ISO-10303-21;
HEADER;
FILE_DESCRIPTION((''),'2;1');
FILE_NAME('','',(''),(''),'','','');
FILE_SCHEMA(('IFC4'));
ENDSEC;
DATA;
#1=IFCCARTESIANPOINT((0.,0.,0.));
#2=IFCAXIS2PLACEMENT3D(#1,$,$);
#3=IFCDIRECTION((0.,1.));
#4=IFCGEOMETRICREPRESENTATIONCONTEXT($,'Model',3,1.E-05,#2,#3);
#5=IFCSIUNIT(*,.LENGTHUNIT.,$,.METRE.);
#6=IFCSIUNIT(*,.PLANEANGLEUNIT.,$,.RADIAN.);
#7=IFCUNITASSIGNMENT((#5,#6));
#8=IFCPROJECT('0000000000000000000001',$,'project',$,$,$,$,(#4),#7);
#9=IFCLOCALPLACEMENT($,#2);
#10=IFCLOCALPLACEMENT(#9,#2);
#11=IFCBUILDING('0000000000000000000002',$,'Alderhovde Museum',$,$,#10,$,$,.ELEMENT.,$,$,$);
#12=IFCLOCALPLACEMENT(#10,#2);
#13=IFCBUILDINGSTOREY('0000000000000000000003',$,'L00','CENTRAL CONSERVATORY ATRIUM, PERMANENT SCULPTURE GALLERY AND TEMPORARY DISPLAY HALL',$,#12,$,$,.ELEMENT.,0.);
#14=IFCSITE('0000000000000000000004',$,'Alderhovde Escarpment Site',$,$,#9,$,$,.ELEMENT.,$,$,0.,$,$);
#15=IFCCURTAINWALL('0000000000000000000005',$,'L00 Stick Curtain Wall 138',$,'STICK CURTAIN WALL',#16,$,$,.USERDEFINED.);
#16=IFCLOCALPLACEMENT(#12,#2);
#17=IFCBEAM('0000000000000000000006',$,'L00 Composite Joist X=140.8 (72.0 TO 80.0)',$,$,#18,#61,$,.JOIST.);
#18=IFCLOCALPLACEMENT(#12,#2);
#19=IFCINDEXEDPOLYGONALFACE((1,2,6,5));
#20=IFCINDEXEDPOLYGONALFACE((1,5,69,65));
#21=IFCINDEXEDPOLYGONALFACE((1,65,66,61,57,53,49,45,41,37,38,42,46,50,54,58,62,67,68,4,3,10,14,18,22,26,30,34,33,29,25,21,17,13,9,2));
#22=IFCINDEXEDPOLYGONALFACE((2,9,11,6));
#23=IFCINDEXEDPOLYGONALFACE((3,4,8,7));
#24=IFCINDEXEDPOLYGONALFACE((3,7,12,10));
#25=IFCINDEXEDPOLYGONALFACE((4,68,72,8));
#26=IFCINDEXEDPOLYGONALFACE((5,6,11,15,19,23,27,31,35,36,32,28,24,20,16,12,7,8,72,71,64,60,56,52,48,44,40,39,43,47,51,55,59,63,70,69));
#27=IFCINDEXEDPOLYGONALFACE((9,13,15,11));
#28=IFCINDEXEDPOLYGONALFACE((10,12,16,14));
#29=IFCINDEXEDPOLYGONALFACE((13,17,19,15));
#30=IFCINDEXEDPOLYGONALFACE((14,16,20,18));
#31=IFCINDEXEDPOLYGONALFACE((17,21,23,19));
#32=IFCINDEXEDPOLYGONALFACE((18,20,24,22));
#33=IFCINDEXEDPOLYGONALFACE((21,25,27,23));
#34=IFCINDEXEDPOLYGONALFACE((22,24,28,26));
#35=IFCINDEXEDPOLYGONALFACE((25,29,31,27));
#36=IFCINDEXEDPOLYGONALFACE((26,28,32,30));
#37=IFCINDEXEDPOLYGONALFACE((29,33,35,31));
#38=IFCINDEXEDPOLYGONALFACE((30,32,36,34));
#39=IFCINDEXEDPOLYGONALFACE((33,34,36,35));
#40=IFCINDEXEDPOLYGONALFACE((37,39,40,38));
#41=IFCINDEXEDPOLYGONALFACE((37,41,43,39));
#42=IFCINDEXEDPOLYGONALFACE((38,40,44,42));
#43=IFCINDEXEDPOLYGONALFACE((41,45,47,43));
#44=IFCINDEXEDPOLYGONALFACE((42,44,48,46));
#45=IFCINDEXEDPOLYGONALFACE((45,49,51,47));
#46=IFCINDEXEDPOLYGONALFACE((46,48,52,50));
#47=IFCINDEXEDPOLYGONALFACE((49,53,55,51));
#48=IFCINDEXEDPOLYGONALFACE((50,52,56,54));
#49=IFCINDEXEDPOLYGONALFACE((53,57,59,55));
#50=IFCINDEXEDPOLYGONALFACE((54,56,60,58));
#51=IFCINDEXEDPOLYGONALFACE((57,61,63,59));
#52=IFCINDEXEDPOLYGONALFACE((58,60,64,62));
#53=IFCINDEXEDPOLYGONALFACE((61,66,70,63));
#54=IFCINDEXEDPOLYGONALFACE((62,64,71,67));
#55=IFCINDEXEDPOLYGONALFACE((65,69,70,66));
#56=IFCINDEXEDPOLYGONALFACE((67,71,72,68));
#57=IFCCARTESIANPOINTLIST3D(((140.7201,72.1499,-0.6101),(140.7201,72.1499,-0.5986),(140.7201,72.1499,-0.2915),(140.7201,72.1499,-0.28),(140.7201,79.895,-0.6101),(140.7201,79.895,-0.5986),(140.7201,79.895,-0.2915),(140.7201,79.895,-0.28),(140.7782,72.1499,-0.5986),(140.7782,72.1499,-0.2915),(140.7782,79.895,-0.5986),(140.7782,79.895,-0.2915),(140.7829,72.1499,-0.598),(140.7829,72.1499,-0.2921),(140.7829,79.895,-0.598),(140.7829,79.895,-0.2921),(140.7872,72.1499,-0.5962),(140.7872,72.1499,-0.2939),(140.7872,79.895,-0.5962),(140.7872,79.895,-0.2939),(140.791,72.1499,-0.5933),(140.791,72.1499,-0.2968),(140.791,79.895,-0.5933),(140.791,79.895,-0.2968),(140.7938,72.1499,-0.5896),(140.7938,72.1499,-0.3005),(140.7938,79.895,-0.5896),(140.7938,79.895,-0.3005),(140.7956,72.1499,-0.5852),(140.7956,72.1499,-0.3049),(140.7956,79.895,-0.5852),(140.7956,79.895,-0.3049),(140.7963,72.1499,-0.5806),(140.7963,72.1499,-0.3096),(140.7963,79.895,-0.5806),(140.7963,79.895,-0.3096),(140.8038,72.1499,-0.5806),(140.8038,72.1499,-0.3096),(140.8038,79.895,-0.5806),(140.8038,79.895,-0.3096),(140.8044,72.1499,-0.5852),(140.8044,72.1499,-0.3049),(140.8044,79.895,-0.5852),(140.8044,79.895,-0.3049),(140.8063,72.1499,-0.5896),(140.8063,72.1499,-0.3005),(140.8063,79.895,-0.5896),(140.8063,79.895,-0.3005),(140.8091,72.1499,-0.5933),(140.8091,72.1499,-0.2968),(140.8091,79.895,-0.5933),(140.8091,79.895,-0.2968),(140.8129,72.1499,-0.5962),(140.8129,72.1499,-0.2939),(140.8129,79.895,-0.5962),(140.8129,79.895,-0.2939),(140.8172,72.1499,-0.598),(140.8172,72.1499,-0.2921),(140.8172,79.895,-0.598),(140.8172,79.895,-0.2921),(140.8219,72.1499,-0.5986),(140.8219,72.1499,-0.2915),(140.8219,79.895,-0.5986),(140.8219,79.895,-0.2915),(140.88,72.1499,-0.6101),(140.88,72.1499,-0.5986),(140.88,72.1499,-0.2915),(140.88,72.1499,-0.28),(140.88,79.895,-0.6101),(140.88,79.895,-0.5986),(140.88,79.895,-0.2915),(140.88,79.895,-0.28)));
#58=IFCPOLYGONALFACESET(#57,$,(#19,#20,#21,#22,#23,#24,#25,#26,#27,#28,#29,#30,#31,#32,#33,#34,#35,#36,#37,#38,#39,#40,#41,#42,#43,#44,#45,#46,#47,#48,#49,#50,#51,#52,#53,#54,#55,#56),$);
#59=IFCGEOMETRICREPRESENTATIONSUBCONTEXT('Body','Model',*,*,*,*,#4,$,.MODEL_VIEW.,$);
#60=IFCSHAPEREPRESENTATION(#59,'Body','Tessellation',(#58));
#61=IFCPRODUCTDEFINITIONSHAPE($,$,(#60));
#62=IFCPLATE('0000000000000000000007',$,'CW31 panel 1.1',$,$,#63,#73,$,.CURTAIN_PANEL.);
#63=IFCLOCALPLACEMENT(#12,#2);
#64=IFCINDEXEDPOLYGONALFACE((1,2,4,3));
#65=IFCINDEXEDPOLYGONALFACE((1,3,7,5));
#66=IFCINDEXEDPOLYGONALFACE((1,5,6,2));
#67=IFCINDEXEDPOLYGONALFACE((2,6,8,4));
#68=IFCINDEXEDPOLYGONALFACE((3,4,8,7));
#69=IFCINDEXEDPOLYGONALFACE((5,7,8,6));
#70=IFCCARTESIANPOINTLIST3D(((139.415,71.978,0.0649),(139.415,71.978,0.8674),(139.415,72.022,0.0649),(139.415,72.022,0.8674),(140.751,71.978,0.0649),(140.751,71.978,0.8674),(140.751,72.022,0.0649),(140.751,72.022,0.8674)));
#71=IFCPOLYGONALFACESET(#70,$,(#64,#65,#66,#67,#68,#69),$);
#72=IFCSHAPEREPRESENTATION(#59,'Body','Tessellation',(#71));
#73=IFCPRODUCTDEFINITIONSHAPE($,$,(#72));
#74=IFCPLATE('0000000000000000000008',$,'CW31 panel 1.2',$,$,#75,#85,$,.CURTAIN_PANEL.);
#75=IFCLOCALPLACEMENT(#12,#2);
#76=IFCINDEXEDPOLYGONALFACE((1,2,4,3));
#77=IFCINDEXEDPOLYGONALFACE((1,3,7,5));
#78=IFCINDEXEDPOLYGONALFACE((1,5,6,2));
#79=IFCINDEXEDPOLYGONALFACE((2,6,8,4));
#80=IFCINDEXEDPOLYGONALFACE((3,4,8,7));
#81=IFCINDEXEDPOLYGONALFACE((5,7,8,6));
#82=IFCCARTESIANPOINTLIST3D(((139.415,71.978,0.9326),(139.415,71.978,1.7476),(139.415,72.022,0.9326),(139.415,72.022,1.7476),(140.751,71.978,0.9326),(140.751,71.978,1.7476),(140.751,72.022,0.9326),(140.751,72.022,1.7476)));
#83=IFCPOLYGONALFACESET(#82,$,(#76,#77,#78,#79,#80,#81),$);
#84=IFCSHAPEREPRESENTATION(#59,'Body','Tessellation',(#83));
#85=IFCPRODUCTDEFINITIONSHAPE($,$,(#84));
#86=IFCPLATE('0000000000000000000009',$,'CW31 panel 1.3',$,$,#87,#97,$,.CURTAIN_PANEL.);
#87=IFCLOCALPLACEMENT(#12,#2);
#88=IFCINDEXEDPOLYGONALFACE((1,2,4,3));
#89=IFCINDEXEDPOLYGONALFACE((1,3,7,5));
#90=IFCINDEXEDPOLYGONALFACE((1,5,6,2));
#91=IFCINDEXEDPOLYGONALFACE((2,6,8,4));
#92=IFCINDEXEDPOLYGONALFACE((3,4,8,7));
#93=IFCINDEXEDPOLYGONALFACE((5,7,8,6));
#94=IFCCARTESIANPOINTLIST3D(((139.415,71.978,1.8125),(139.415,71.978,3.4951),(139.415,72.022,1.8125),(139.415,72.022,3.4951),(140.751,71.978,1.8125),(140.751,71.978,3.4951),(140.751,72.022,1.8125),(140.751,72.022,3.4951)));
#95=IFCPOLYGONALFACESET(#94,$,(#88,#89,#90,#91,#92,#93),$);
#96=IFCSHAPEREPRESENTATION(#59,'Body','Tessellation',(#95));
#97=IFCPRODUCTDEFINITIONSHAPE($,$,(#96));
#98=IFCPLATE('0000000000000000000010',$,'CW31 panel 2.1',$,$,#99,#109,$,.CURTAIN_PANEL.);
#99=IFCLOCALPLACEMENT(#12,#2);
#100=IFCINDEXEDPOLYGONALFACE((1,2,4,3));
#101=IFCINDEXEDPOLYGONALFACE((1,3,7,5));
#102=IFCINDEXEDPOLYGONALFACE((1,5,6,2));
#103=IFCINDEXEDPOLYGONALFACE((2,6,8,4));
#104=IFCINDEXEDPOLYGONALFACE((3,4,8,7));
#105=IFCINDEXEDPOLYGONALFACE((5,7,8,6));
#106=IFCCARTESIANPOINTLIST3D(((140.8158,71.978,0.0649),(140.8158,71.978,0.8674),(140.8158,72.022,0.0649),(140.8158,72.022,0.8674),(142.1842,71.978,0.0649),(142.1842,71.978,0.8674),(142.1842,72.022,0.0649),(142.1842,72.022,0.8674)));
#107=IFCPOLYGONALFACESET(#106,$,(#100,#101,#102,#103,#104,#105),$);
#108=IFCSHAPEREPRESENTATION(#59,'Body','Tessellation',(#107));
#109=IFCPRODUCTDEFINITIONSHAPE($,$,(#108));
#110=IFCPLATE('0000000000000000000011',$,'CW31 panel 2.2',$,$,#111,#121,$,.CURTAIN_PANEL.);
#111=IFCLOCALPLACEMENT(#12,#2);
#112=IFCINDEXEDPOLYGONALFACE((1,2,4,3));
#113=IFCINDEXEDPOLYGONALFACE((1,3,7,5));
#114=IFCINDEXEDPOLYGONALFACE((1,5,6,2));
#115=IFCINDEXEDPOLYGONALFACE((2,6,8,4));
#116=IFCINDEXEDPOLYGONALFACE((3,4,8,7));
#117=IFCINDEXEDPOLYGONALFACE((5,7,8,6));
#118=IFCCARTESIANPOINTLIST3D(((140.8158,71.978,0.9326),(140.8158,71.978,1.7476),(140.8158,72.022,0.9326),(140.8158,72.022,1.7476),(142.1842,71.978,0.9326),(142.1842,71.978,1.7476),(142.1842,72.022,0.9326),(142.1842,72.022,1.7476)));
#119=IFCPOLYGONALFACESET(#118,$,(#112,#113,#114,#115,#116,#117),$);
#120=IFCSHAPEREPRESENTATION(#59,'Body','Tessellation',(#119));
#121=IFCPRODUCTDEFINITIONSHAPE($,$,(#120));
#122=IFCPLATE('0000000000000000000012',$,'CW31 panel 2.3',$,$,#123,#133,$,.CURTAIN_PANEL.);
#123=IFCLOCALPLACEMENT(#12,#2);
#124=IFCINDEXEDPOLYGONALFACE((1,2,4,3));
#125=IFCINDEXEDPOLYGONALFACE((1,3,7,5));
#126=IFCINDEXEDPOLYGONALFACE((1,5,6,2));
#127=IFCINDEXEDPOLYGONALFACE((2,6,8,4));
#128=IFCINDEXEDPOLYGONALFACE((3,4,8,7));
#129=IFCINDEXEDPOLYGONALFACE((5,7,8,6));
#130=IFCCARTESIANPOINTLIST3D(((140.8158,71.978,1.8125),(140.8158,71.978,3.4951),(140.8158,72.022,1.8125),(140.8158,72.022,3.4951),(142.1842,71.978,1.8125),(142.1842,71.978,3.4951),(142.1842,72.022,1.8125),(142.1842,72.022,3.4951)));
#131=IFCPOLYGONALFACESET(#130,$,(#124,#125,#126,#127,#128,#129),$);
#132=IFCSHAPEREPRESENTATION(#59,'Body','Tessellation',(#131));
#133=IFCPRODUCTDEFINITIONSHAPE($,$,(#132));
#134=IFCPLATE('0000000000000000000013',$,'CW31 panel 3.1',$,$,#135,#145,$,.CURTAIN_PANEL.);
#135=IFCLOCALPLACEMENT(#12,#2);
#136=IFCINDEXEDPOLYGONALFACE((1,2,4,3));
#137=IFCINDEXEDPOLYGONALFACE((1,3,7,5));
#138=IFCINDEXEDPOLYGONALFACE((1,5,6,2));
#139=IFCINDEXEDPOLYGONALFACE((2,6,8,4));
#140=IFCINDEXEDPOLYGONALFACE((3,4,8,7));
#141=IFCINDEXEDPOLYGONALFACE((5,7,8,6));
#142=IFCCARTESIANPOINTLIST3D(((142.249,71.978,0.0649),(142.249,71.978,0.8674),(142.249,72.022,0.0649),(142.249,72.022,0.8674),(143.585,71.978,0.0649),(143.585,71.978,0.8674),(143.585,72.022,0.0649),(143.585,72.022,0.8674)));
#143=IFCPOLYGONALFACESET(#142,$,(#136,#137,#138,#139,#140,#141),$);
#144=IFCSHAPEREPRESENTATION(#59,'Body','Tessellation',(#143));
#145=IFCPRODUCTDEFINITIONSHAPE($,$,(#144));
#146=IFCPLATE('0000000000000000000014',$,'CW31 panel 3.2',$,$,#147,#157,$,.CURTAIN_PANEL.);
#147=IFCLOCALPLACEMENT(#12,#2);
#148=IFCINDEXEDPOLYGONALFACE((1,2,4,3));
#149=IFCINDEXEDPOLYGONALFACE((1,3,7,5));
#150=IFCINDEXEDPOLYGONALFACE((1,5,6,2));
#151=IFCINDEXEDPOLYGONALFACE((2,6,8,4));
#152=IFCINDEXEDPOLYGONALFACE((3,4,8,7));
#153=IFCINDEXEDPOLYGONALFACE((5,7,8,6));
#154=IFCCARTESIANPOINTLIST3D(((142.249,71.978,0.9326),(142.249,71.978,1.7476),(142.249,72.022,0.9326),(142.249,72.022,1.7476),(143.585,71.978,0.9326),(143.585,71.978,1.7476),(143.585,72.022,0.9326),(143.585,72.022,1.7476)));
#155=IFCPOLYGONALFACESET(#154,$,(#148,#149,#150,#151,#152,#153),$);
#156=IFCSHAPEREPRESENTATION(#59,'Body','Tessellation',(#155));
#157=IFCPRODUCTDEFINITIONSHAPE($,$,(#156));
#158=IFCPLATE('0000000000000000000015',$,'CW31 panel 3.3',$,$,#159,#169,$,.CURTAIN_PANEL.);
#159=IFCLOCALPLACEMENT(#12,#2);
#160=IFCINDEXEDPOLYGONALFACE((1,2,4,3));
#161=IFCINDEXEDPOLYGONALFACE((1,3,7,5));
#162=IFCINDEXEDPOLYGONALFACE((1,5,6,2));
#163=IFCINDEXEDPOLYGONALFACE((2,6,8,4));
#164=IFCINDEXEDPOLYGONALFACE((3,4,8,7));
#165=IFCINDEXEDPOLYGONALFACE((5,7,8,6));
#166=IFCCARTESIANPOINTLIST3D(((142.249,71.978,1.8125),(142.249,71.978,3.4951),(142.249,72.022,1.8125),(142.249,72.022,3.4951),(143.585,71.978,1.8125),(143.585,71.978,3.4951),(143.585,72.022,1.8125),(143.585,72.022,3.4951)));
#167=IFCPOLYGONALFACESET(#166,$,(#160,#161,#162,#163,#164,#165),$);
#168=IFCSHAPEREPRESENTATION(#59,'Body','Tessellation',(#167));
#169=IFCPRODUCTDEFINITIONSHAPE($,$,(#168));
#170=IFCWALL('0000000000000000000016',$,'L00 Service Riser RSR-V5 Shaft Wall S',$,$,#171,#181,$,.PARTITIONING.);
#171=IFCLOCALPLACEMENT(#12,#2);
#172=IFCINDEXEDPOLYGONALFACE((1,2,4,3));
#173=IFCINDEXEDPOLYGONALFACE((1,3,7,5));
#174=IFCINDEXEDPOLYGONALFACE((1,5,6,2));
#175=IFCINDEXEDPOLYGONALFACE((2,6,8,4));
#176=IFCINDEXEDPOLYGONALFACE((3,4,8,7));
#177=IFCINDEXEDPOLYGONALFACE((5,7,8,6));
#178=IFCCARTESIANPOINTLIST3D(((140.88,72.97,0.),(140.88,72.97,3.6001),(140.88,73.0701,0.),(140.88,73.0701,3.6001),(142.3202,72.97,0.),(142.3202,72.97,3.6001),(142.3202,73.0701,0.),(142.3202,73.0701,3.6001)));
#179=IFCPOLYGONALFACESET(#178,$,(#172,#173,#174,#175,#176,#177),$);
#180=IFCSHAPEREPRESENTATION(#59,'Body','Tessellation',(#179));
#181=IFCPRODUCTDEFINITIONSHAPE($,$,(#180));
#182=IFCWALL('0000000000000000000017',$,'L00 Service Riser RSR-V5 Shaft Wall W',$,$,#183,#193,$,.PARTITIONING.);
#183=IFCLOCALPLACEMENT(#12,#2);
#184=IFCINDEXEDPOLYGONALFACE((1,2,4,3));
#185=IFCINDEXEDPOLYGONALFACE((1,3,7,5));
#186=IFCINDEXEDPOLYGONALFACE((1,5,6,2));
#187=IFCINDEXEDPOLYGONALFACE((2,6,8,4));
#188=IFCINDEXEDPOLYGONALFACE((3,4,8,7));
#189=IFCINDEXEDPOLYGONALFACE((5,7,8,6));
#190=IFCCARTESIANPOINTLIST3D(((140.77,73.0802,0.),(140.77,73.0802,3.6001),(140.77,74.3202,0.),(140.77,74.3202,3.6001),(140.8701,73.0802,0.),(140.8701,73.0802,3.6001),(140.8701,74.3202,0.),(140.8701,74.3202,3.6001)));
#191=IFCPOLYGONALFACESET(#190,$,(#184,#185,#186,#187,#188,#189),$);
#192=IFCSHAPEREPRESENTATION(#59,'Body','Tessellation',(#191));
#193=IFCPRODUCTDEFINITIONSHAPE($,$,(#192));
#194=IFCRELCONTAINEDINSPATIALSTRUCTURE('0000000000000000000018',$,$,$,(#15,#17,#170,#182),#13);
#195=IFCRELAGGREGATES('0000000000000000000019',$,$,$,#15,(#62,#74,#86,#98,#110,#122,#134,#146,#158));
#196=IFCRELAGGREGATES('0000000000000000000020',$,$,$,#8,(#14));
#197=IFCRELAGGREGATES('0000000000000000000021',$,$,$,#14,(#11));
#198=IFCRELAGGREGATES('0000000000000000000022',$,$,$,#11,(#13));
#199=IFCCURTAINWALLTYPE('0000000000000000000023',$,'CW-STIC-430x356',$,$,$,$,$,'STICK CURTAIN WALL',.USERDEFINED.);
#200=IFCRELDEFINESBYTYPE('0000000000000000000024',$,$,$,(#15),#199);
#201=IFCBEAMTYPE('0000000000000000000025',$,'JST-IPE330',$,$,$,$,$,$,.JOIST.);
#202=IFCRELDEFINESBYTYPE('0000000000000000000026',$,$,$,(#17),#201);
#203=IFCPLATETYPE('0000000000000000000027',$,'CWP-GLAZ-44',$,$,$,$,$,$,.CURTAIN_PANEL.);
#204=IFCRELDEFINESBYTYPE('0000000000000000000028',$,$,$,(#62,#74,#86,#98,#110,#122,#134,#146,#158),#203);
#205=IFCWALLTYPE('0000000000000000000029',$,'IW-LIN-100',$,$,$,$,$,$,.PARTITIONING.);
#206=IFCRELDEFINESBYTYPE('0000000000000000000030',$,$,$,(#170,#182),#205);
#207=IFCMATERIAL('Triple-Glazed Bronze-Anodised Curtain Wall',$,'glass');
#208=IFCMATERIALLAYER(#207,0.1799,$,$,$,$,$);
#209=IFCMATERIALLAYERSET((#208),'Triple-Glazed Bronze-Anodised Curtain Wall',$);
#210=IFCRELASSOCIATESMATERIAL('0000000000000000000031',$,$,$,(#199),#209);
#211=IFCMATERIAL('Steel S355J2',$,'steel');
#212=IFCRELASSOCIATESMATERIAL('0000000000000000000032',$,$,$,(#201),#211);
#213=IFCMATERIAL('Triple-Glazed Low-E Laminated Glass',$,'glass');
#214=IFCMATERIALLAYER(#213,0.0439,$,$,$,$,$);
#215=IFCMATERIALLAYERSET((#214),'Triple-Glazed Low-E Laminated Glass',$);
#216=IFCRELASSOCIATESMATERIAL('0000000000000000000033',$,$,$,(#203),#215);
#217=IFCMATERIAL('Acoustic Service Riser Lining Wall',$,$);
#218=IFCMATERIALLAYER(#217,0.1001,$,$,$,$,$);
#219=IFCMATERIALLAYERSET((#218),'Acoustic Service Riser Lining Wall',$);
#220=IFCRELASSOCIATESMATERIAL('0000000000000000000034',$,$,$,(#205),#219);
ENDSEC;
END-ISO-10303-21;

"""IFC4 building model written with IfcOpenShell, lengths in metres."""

from ifc_helpers import new_model, si_unit, direction, frame, frame_2d, origin, origin_2d, place, context, subcontext, project, spatial, rectangle, i_section, extrude, material, layer, layer_set, material_profile, profile_set, type_object, element, aggregate, save


model = new_model("IFC4")

# Units and contexts
model_context = context("Model", 3, precision=1e-05, world=origin(), true_north=direction((0.0, 1.0)))
body_context = subcontext(model_context, "Body", "Model", "MODEL_VIEW")
ifc_project = project(units=[si_unit("LENGTHUNIT", "METRE"), si_unit("PLANEANGLEUNIT", "RADIAN")], contexts=[model_context])

# Site, building, storey
site_placement = place(None, origin())
site = spatial("IfcSite", under=ifc_project, at=site_placement, Name="Alderhovde Escarpment Site", CompositionType="ELEMENT", RefElevation=0.0)
building_placement = place(site_placement, origin())
building = spatial("IfcBuilding", under=site, at=building_placement, Name="Alderhovde Museum", CompositionType="ELEMENT")
storey_placement = place(building_placement, origin())
storey = spatial("IfcBuildingStorey", under=building, at=storey_placement, Name="L00", Description="CENTRAL CONSERVATORY ATRIUM, PERMANENT SCULPTURE GALLERY AND TEMPORARY DISPLAY HALL", CompositionType="ELEMENT", Elevation=0.0)

# Curtain wall
ifc_material_1 = material(Name="Triple-Glazed Bronze-Anodised Curtain Wall", Category="glass")
ifc_layer_1 = layer(ifc_material_1, 0.1799)
ifc_layer_set_1 = layer_set([ifc_layer_1], Name="Triple-Glazed Bronze-Anodised Curtain Wall")
curtain_wall_type = type_object("IfcCurtainWallType", Name="CW-STIC-430x356", ElementType="STICK CURTAIN WALL", PredefinedType="USERDEFINED", material=ifc_layer_set_1)
curtain_wall_placement = place(storey_placement, origin())
curtain_wall = element("IfcCurtainWall", 1, at=curtain_wall_placement, inside=storey, type_object=curtain_wall_type, Name="L00 Stick Curtain Wall 138", ObjectType="STICK CURTAIN WALL", PredefinedType="USERDEFINED")

# Beam
ifc_material_2 = material(Name="Steel S355J2", Category="steel")
ifc_material_profile_1 = material_profile(ifc_material_2, i_section(OverallWidth=0.1599, OverallDepth=0.3301, WebThickness=0.0076, FlangeThickness=0.0115, FilletRadius=0.0181, at=origin_2d()), Name="IPE 330")
ifc_profile_set_1 = profile_set([ifc_material_profile_1], Name="Steel S355J2")
beam_type = type_object("IfcBeamType", Name="JST-IPE330", PredefinedType="JOIST", material=ifc_profile_set_1)
beam_placement = place(storey_placement, frame((140.8, 72.1499, -0.4451), z_axis=(0.0, 1.0, 0.0), x_axis=(-1.0, 0.0, 0.0)))
element("IfcBeam", 2, at=beam_placement, inside=storey, type_object=beam_type, Name="L00 Composite Joist X=140.8 (72.0 TO 80.0)", PredefinedType="JOIST", context=body_context, shape_type="SweptSolid", body=[
    extrude(i_section(OverallWidth=0.1599, OverallDepth=0.3301, WebThickness=0.0076, FlangeThickness=0.0115, FilletRadius=0.0181, at=origin_2d()), origin(), (0.0, 0.0, 1.0), 7.7451),
])

# Plates
ifc_material_3 = material(Name="Triple-Glazed Low-E Laminated Glass", Category="glass")
ifc_layer_2 = layer(ifc_material_3, 0.0439)
ifc_layer_set_2 = layer_set([ifc_layer_2], Name="Triple-Glazed Low-E Laminated Glass")
plate_type = type_object("IfcPlateType", Name="CWP-GLAZ-44", PredefinedType="CURTAIN_PANEL", material=ifc_layer_set_2)
plate_1_placement = place(storey_placement, frame((140.083, 72.0, 0.0649), z_axis=(0.0, 0.0, 1.0), x_axis=(1.0, 0.0, 0.0)))
plate_1 = element("IfcPlate", 3, at=plate_1_placement, type_object=plate_type, Name="CW31 panel 1.1", PredefinedType="CURTAIN_PANEL", context=body_context, shape_type="SweptSolid", body=[
    extrude(rectangle(XDim=1.3359, YDim=0.0439, at=origin_2d()), origin(), (0.0, 0.0, 1.0), 0.8025),
])
plate_2_placement = place(storey_placement, frame((140.083, 72.0, 0.9326), z_axis=(0.0, 0.0, 1.0), x_axis=(1.0, 0.0, 0.0)))
plate_2 = element("IfcPlate", 4, at=plate_2_placement, type_object=plate_type, Name="CW31 panel 1.2", PredefinedType="CURTAIN_PANEL", context=body_context, shape_type="SweptSolid", body=[
    extrude(rectangle(XDim=1.3359, YDim=0.0439, at=origin_2d()), origin(), (0.0, 0.0, 1.0), 0.8149),
])
plate_3_placement = place(storey_placement, frame((140.083, 72.0, 1.8125), z_axis=(0.0, 0.0, 1.0), x_axis=(1.0, 0.0, 0.0)))
plate_3 = element("IfcPlate", 5, at=plate_3_placement, type_object=plate_type, Name="CW31 panel 1.3", PredefinedType="CURTAIN_PANEL", context=body_context, shape_type="SweptSolid", body=[
    extrude(rectangle(XDim=1.3359, YDim=0.0439, at=origin_2d()), origin(), (0.0, 0.0, 1.0), 1.6826),
])
plate_4_placement = place(storey_placement, frame((141.5, 72.0, 0.0649), z_axis=(0.0, 0.0, 1.0), x_axis=(1.0, 0.0, 0.0)))
plate_4 = element("IfcPlate", 6, at=plate_4_placement, type_object=plate_type, Name="CW31 panel 2.1", PredefinedType="CURTAIN_PANEL", context=body_context, shape_type="SweptSolid", body=[
    extrude(rectangle(XDim=1.3684, YDim=0.0439, at=origin_2d()), origin(), (0.0, 0.0, 1.0), 0.8025),
])
plate_5_placement = place(storey_placement, frame((141.5, 72.0, 0.9326), z_axis=(0.0, 0.0, 1.0), x_axis=(1.0, 0.0, 0.0)))
plate_5 = element("IfcPlate", 7, at=plate_5_placement, type_object=plate_type, Name="CW31 panel 2.2", PredefinedType="CURTAIN_PANEL", context=body_context, shape_type="SweptSolid", body=[
    extrude(rectangle(XDim=1.3684, YDim=0.0439, at=origin_2d()), origin(), (0.0, 0.0, 1.0), 0.8149),
])
plate_6_placement = place(storey_placement, frame((141.5, 72.0, 1.8125), z_axis=(0.0, 0.0, 1.0), x_axis=(1.0, 0.0, 0.0)))
plate_6 = element("IfcPlate", 8, at=plate_6_placement, type_object=plate_type, Name="CW31 panel 2.3", PredefinedType="CURTAIN_PANEL", context=body_context, shape_type="SweptSolid", body=[
    extrude(rectangle(XDim=1.3684, YDim=0.0439, at=origin_2d()), origin(), (0.0, 0.0, 1.0), 1.6826),
])
plate_7_placement = place(storey_placement, frame((142.917, 72.0, 0.0649), z_axis=(0.0, 0.0, 1.0), x_axis=(1.0, 0.0, 0.0)))
plate_7 = element("IfcPlate", 9, at=plate_7_placement, type_object=plate_type, Name="CW31 panel 3.1", PredefinedType="CURTAIN_PANEL", context=body_context, shape_type="SweptSolid", body=[
    extrude(rectangle(XDim=1.3359, YDim=0.0439, at=origin_2d()), origin(), (0.0, 0.0, 1.0), 0.8025),
])
plate_8_placement = place(storey_placement, frame((142.917, 72.0, 0.9326), z_axis=(0.0, 0.0, 1.0), x_axis=(1.0, 0.0, 0.0)))
plate_8 = element("IfcPlate", 10, at=plate_8_placement, type_object=plate_type, Name="CW31 panel 3.2", PredefinedType="CURTAIN_PANEL", context=body_context, shape_type="SweptSolid", body=[
    extrude(rectangle(XDim=1.3359, YDim=0.0439, at=origin_2d()), origin(), (0.0, 0.0, 1.0), 0.8149),
])
plate_9_placement = place(storey_placement, frame((142.917, 72.0, 1.8125), z_axis=(0.0, 0.0, 1.0), x_axis=(1.0, 0.0, 0.0)))
plate_9 = element("IfcPlate", 11, at=plate_9_placement, type_object=plate_type, Name="CW31 panel 3.3", PredefinedType="CURTAIN_PANEL", context=body_context, shape_type="SweptSolid", body=[
    extrude(rectangle(XDim=1.3359, YDim=0.0439, at=origin_2d()), origin(), (0.0, 0.0, 1.0), 1.6826),
])
aggregate(curtain_wall, [plate_1, plate_2, plate_3, plate_4, plate_5, plate_6, plate_7, plate_8, plate_9])

# Walls
ifc_material_4 = material(Name="Acoustic Service Riser Lining Wall")
ifc_layer_3 = layer(ifc_material_4, 0.1001)
ifc_layer_set_3 = layer_set([ifc_layer_3], Name="Acoustic Service Riser Lining Wall")
wall_type_1 = type_object("IfcWallType", Name="IW-LIN-100", PredefinedType="PARTITIONING", material=ifc_layer_set_3)
wall_1_placement = place(storey_placement, frame((140.8799, 73.02, 0.0), z_axis=(0.0, 0.0, 1.0), x_axis=(1.0, 0.0, 0.0)))
element("IfcWall", 12, at=wall_1_placement, inside=storey, type_object=wall_type_1, Name="L00 Service Riser RSR-V5 Shaft Wall S", PredefinedType="PARTITIONING", context=body_context, shape_type="SweptSolid", body=[
    extrude(rectangle(XDim=1.4402, YDim=0.1001, at=frame_2d((0.7202, 0.0))), origin(), (0.0, 0.0, 1.0), 3.6001),
])
for number, where, z_axis, x_axis, name in (
    (13, (140.8201, 73.0801, 0.0), (0.0, 0.0, 1.0), (0.0, 1.0, 0.0), "L00 Service Riser RSR-V5 Shaft Wall W"),
):
    element("IfcWall", number, at=place(storey_placement, frame(where, z_axis=z_axis, x_axis=x_axis)), inside=storey, type_object=wall_type_1, Name=name, PredefinedType="PARTITIONING", context=body_context, shape_type="SweptSolid", body=[
        extrude(rectangle(XDim=1.24, YDim=0.1001, at=frame_2d((0.6201, 0.0))), origin(), (0.0, 0.0, 1.0), 3.6001),
    ])

save(model, "model.ifc")
